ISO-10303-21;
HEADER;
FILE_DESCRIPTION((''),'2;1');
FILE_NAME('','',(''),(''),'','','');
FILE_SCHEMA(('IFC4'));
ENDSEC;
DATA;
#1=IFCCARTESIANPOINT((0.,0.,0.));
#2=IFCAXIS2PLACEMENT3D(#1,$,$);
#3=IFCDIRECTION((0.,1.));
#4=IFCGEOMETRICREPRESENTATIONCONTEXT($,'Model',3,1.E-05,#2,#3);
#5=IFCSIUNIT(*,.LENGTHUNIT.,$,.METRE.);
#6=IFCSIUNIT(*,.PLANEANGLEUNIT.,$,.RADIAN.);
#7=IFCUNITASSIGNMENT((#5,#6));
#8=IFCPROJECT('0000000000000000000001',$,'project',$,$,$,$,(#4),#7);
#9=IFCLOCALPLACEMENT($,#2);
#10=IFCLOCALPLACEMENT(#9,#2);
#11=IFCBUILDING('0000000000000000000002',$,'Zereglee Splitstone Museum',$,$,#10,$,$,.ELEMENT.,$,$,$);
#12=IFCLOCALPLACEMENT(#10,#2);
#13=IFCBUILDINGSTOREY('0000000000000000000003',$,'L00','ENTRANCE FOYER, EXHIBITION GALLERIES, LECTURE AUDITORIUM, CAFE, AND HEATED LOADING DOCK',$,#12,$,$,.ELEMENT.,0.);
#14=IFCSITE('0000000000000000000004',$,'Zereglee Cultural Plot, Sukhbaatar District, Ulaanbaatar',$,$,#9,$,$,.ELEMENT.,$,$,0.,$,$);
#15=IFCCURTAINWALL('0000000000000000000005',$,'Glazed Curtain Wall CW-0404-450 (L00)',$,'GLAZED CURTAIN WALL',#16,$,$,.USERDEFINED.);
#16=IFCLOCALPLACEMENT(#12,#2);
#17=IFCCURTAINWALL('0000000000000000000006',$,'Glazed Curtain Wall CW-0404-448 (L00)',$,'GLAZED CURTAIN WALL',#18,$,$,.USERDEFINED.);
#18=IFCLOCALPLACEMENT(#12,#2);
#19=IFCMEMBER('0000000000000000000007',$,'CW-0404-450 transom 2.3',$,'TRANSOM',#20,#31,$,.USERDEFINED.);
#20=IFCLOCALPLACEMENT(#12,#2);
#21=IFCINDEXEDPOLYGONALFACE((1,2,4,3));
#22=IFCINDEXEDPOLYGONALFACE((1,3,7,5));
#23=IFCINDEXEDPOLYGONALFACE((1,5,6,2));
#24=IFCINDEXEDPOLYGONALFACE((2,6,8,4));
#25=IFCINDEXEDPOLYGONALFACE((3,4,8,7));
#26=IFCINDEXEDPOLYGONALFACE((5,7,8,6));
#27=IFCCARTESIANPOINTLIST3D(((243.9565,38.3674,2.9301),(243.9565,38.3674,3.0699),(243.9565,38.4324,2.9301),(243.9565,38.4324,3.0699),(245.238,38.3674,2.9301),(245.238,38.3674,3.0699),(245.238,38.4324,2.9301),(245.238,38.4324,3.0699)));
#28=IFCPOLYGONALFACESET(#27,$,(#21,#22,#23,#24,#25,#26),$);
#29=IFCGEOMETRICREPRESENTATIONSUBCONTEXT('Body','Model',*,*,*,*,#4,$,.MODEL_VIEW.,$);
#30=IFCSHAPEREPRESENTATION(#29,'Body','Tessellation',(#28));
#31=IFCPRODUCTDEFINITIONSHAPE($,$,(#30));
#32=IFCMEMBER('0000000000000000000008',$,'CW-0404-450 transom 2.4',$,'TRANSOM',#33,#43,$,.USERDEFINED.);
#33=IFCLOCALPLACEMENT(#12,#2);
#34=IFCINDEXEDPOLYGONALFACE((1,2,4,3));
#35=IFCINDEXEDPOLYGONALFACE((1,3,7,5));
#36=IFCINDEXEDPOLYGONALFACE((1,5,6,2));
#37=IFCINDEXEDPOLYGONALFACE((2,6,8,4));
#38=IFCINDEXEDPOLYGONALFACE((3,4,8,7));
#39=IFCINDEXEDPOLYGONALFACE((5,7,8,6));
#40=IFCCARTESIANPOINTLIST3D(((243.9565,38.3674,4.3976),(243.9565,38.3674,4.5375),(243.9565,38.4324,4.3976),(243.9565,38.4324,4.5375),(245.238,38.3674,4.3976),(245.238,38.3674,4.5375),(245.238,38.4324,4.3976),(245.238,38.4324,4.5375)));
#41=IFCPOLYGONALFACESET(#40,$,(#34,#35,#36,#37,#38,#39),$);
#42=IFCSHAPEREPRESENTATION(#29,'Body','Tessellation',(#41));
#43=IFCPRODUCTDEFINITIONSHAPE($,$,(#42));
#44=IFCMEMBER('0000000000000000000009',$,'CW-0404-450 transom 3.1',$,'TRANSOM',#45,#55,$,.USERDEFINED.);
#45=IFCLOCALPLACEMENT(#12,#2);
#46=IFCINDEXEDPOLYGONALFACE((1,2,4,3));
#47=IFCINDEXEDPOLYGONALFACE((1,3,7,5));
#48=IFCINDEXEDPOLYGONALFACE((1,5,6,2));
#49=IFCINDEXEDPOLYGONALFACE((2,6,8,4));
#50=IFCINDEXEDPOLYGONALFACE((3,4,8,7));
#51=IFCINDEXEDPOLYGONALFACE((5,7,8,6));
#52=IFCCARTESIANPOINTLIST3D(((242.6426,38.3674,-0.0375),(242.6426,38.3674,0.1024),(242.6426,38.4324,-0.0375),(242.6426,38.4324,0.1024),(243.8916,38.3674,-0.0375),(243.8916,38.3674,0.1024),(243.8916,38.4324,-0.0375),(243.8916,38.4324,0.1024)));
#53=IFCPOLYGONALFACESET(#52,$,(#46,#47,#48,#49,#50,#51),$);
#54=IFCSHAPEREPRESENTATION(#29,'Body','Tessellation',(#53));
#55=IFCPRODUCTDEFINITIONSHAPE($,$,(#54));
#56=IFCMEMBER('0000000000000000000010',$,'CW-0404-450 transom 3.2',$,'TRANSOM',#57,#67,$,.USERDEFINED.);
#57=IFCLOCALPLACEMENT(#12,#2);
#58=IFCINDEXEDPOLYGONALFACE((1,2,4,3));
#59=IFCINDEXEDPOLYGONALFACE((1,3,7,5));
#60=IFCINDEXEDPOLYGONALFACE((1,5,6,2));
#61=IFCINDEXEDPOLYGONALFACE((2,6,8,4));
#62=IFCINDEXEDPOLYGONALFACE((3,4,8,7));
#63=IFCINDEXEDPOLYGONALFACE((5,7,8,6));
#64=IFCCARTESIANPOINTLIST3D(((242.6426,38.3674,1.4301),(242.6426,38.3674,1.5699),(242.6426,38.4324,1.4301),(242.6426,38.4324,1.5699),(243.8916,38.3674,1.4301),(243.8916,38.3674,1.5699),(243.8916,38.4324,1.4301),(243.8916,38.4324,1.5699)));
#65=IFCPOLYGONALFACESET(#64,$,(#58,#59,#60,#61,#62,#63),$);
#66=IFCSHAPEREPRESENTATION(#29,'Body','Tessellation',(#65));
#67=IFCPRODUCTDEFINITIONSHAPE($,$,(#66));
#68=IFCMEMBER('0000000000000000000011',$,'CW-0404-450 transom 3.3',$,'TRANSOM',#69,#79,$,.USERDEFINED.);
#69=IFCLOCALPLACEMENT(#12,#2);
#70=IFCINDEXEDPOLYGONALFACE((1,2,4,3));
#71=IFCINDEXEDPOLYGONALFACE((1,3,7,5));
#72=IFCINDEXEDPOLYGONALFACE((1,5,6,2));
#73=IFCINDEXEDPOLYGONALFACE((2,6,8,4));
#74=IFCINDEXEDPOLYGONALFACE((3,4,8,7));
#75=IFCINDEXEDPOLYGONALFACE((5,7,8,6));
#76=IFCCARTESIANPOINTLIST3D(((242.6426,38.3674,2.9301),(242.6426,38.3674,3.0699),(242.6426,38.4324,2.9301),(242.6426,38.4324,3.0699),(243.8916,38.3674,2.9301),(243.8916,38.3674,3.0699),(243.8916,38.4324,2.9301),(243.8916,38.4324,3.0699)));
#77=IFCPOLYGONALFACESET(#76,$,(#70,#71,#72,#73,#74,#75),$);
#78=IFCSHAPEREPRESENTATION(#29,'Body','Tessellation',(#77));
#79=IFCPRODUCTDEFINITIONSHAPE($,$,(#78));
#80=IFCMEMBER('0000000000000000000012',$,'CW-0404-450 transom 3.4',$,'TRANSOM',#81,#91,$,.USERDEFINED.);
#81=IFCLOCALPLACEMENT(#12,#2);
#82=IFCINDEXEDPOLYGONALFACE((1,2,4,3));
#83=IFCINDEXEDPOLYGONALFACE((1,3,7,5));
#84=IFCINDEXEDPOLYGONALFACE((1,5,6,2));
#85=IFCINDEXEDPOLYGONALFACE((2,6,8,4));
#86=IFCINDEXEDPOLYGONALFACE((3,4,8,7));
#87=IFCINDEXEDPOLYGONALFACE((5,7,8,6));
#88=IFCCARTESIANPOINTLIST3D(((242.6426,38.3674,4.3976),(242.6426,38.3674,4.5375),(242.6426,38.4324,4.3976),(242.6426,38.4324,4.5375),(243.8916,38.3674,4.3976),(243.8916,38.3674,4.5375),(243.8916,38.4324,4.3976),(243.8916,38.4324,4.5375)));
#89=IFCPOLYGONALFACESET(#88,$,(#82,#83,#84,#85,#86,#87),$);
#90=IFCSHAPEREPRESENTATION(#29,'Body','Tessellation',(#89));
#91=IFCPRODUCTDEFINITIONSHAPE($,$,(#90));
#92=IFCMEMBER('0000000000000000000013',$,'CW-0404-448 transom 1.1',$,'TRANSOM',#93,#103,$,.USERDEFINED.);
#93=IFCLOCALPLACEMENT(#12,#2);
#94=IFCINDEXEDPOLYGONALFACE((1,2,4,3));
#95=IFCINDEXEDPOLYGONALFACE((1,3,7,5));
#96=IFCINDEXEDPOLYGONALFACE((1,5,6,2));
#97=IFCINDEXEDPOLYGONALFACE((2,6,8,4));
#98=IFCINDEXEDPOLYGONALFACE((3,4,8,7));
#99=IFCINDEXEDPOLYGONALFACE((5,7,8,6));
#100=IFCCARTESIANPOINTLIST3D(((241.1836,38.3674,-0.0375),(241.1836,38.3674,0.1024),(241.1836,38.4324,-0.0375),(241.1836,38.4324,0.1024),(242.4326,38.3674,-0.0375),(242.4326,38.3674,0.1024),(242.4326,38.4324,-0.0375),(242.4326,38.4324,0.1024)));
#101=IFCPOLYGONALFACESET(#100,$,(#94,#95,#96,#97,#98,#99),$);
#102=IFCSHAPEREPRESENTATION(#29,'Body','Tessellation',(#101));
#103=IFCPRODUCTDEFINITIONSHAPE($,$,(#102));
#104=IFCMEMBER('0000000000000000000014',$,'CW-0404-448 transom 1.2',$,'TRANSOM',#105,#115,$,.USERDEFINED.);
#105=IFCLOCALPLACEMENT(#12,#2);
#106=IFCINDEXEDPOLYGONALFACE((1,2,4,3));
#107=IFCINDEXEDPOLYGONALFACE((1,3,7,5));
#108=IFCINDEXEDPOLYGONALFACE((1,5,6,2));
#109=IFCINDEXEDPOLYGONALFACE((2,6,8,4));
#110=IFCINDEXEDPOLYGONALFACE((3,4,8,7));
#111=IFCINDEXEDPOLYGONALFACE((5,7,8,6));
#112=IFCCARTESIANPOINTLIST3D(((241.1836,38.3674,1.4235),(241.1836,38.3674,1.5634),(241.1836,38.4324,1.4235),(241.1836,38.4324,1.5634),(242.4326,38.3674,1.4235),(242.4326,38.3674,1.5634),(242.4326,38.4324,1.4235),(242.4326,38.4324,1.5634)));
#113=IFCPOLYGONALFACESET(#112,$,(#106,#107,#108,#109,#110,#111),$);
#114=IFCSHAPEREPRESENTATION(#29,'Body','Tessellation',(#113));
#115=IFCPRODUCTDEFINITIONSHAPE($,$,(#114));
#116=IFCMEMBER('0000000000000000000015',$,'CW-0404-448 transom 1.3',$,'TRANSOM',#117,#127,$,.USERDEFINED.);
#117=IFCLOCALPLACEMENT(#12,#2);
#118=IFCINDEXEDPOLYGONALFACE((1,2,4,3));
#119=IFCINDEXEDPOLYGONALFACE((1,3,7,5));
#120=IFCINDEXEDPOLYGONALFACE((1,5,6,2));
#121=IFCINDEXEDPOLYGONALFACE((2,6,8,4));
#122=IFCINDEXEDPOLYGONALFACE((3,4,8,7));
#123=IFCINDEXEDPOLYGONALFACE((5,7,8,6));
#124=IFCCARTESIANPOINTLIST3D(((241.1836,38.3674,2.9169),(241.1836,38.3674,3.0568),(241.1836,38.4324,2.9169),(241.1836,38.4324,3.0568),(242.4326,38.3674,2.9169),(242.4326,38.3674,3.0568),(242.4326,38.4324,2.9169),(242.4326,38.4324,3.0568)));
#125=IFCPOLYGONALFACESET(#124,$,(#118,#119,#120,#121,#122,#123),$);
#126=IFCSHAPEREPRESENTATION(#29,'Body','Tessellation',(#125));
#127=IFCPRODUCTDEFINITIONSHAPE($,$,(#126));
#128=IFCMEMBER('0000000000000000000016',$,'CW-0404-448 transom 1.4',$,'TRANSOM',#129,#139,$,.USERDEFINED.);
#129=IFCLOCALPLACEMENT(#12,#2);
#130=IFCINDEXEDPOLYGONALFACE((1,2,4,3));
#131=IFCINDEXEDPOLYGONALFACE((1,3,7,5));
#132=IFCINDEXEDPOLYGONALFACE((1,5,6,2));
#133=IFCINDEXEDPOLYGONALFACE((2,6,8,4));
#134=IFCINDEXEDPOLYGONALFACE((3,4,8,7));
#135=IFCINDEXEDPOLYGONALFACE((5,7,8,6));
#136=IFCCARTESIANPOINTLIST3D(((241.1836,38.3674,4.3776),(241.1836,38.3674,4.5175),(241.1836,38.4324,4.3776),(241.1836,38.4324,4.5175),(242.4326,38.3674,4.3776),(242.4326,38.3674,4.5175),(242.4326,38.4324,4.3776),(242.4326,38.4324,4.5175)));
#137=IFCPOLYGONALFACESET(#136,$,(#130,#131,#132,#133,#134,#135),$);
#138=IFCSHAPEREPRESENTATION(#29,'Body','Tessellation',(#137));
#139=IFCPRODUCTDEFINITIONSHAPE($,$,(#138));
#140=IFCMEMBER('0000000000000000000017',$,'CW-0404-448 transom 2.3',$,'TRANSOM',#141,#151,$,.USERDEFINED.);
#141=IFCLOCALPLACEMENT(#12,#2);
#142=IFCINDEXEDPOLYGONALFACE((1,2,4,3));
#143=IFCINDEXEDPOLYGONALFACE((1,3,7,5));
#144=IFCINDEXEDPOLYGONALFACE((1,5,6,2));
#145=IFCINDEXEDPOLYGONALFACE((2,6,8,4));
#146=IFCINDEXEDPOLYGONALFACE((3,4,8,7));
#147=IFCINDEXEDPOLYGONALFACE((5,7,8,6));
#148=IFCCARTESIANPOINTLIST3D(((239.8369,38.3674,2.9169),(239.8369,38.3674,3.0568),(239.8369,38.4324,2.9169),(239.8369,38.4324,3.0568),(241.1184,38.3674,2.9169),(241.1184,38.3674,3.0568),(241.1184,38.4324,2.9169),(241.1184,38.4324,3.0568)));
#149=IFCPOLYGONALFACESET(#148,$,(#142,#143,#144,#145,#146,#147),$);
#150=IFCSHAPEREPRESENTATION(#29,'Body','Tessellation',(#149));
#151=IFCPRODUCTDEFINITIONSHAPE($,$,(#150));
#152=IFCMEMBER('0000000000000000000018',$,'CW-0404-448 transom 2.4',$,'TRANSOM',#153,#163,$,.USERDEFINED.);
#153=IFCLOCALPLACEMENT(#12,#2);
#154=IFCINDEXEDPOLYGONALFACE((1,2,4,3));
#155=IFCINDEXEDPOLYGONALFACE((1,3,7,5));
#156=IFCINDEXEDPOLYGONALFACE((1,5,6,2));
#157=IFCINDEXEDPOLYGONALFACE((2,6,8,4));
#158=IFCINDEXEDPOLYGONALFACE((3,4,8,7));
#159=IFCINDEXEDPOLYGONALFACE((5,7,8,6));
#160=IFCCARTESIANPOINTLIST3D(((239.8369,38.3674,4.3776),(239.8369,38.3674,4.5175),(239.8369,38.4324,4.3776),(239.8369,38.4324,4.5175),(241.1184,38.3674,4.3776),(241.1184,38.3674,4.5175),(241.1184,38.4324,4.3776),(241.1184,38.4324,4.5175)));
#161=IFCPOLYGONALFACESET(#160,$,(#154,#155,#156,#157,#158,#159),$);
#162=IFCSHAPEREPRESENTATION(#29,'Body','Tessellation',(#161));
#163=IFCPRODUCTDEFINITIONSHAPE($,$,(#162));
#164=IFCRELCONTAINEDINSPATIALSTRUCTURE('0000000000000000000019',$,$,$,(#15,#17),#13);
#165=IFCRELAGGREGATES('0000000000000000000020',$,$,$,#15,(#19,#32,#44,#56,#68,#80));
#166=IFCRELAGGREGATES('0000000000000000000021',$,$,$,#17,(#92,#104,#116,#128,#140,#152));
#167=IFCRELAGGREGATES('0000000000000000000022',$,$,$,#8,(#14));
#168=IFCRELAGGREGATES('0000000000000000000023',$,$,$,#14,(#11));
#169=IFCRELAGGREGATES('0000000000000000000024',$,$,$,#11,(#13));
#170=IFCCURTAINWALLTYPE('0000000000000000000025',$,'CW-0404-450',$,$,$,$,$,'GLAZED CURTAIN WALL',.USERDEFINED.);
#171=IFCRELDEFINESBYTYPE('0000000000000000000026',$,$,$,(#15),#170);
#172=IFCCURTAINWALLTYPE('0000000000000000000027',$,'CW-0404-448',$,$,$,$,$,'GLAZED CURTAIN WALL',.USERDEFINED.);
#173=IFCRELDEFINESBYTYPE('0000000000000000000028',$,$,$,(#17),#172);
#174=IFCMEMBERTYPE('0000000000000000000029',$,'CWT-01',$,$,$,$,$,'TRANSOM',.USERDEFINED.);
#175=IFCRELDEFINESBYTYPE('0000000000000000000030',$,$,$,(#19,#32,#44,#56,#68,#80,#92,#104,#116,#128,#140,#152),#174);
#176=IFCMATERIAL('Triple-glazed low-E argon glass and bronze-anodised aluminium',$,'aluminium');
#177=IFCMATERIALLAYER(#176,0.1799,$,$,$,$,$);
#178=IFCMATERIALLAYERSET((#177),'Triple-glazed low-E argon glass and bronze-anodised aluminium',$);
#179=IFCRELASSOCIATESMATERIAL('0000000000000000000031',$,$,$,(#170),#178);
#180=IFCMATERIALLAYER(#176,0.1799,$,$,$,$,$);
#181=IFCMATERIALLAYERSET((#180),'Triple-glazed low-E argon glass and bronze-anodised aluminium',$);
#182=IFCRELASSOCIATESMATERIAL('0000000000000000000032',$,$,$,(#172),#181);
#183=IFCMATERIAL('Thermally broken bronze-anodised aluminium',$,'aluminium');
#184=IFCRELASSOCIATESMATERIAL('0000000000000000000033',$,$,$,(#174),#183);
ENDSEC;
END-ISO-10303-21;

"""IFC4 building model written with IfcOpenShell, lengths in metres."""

from ifc_helpers import new_model, si_unit, direction, frame, origin, origin_2d, place, context, subcontext, project, spatial, rectangle, extrude, material, layer, layer_set, material_profile, profile_set, type_object, element, aggregate, save


model = new_model("IFC4")

# Units and contexts
model_context = context("Model", 3, precision=1e-05, world=origin(), true_north=direction((0.0, 1.0)))
body_context = subcontext(model_context, "Body", "Model", "MODEL_VIEW")
ifc_project = project(units=[si_unit("LENGTHUNIT", "METRE"), si_unit("PLANEANGLEUNIT", "RADIAN")], contexts=[model_context])

# Site, building, storey
site_placement = place(None, origin())
site = spatial("IfcSite", under=ifc_project, at=site_placement, Name="Zereglee Cultural Plot, Sukhbaatar District, Ulaanbaatar", CompositionType="ELEMENT", RefElevation=0.0)
building_placement = place(site_placement, origin())
building = spatial("IfcBuilding", under=site, at=building_placement, Name="Zereglee Splitstone Museum", CompositionType="ELEMENT")
storey_placement = place(building_placement, origin())
storey = spatial("IfcBuildingStorey", under=building, at=storey_placement, Name="L00", Description="ENTRANCE FOYER, EXHIBITION GALLERIES, LECTURE AUDITORIUM, CAFE, AND HEATED LOADING DOCK", CompositionType="ELEMENT", Elevation=0.0)

# Shared definitions
ifc_material_1 = material(Name="Triple-glazed low-E argon glass and bronze-anodised aluminium", Category="aluminium")
ifc_material_2 = material(Name="Thermally broken bronze-anodised aluminium", Category="aluminium")

# Curtain walls
ifc_layer_1 = layer(ifc_material_1, 0.1799)
ifc_layer_set_1 = layer_set([ifc_layer_1], Name="Triple-glazed low-E argon glass and bronze-anodised aluminium")
curtain_wall_type_1 = type_object("IfcCurtainWallType", Name="CW-0404-450", ElementType="GLAZED CURTAIN WALL", PredefinedType="USERDEFINED", material=ifc_layer_set_1)
curtain_wall_1_placement = place(storey_placement, origin())
curtain_wall_1 = element("IfcCurtainWall", 1, at=curtain_wall_1_placement, inside=storey, type_object=curtain_wall_type_1, Name="Glazed Curtain Wall CW-0404-450 (L00)", ObjectType="GLAZED CURTAIN WALL", PredefinedType="USERDEFINED")
ifc_layer_2 = layer(ifc_material_1, 0.1799)
ifc_layer_set_2 = layer_set([ifc_layer_2], Name="Triple-glazed low-E argon glass and bronze-anodised aluminium")
curtain_wall_type_2 = type_object("IfcCurtainWallType", Name="CW-0404-448", ElementType="GLAZED CURTAIN WALL", PredefinedType="USERDEFINED", material=ifc_layer_set_2)
curtain_wall_2_placement = place(storey_placement, origin())
curtain_wall_2 = element("IfcCurtainWall", 2, at=curtain_wall_2_placement, inside=storey, type_object=curtain_wall_type_2, Name="Glazed Curtain Wall CW-0404-448 (L00)", ObjectType="GLAZED CURTAIN WALL", PredefinedType="USERDEFINED")

# Members
ifc_material_profile_1 = material_profile(ifc_material_2, rectangle(XDim=0.0649, YDim=0.1399, at=origin_2d()), Name="CW TRAN 65x140")
ifc_profile_set_1 = profile_set([ifc_material_profile_1], Name="Thermally broken bronze-anodised aluminium")
member_type_1 = type_object("IfcMemberType", Name="CWT-01", ElementType="TRANSOM", PredefinedType="USERDEFINED", material=ifc_profile_set_1)
member_1_placement = place(storey_placement, frame((245.238, 38.3999, 3.0), z_axis=(-1.0, 0.0, 0.0), x_axis=(0.0, -1.0, 0.0)))
member_1 = element("IfcMember", 3, at=member_1_placement, type_object=member_type_1, Name="CW-0404-450 transom 2.3", ObjectType="TRANSOM", PredefinedType="USERDEFINED", context=body_context, shape_type="SweptSolid", body=[
    extrude(rectangle(XDim=0.0649, YDim=0.1399, at=origin_2d()), origin(), (0.0, 0.0, 1.0), 1.2815),
])
member_2_placement = place(storey_placement, frame((245.238, 38.3999, 4.4675), z_axis=(-1.0, 0.0, 0.0), x_axis=(0.0, -1.0, 0.0)))
member_2 = element("IfcMember", 4, at=member_2_placement, type_object=member_type_1, Name="CW-0404-450 transom 2.4", ObjectType="TRANSOM", PredefinedType="USERDEFINED", context=body_context, shape_type="SweptSolid", body=[
    extrude(rectangle(XDim=0.0649, YDim=0.1399, at=origin_2d()), origin(), (0.0, 0.0, 1.0), 1.2815),
])
member_3_placement = place(storey_placement, frame((243.8916, 38.3999, 0.0325), z_axis=(-1.0, 0.0, 0.0), x_axis=(0.0, -1.0, 0.0)))
member_3 = element("IfcMember", 5, at=member_3_placement, type_object=member_type_1, Name="CW-0404-450 transom 3.1", ObjectType="TRANSOM", PredefinedType="USERDEFINED", context=body_context, shape_type="SweptSolid", body=[
    extrude(rectangle(XDim=0.0649, YDim=0.1399, at=origin_2d()), origin(), (0.0, 0.0, 1.0), 1.249),
])
member_4_placement = place(storey_placement, frame((243.8916, 38.3999, 1.5), z_axis=(-1.0, 0.0, 0.0), x_axis=(0.0, -1.0, 0.0)))
member_4 = element("IfcMember", 6, at=member_4_placement, type_object=member_type_1, Name="CW-0404-450 transom 3.2", ObjectType="TRANSOM", PredefinedType="USERDEFINED", context=body_context, shape_type="SweptSolid", body=[
    extrude(rectangle(XDim=0.0649, YDim=0.1399, at=origin_2d()), origin(), (0.0, 0.0, 1.0), 1.249),
])
member_5_placement = place(storey_placement, frame((243.8916, 38.3999, 3.0), z_axis=(-1.0, 0.0, 0.0), x_axis=(0.0, -1.0, 0.0)))
member_5 = element("IfcMember", 7, at=member_5_placement, type_object=member_type_1, Name="CW-0404-450 transom 3.3", ObjectType="TRANSOM", PredefinedType="USERDEFINED", context=body_context, shape_type="SweptSolid", body=[
    extrude(rectangle(XDim=0.0649, YDim=0.1399, at=origin_2d()), origin(), (0.0, 0.0, 1.0), 1.249),
])
member_6_placement = place(storey_placement, frame((243.8916, 38.3999, 4.4675), z_axis=(-1.0, 0.0, 0.0), x_axis=(0.0, -1.0, 0.0)))
member_6 = element("IfcMember", 8, at=member_6_placement, type_object=member_type_1, Name="CW-0404-450 transom 3.4", ObjectType="TRANSOM", PredefinedType="USERDEFINED", context=body_context, shape_type="SweptSolid", body=[
    extrude(rectangle(XDim=0.0649, YDim=0.1399, at=origin_2d()), origin(), (0.0, 0.0, 1.0), 1.249),
])
member_7_placement = place(storey_placement, frame((242.4326, 38.3999, 0.0325), z_axis=(-1.0, 0.0, 0.0), x_axis=(0.0, -1.0, 0.0)))
member_7 = element("IfcMember", 9, at=member_7_placement, type_object=member_type_1, Name="CW-0404-448 transom 1.1", ObjectType="TRANSOM", PredefinedType="USERDEFINED", context=body_context, shape_type="SweptSolid", body=[
    extrude(rectangle(XDim=0.0649, YDim=0.1399, at=origin_2d()), origin(), (0.0, 0.0, 1.0), 1.249),
])
member_8_placement = place(storey_placement, frame((242.4326, 38.3999, 1.4934), z_axis=(-1.0, 0.0, 0.0), x_axis=(0.0, -1.0, 0.0)))
member_8 = element("IfcMember", 10, at=member_8_placement, type_object=member_type_1, Name="CW-0404-448 transom 1.2", ObjectType="TRANSOM", PredefinedType="USERDEFINED", context=body_context, shape_type="SweptSolid", body=[
    extrude(rectangle(XDim=0.0649, YDim=0.1399, at=origin_2d()), origin(), (0.0, 0.0, 1.0), 1.249),
])
member_9_placement = place(storey_placement, frame((242.4326, 38.3999, 2.9868), z_axis=(-1.0, 0.0, 0.0), x_axis=(0.0, -1.0, 0.0)))
member_9 = element("IfcMember", 11, at=member_9_placement, type_object=member_type_1, Name="CW-0404-448 transom 1.3", ObjectType="TRANSOM", PredefinedType="USERDEFINED", context=body_context, shape_type="SweptSolid", body=[
    extrude(rectangle(XDim=0.0649, YDim=0.1399, at=origin_2d()), origin(), (0.0, 0.0, 1.0), 1.249),
])
member_10_placement = place(storey_placement, frame((242.4326, 38.3999, 4.4475), z_axis=(-1.0, 0.0, 0.0), x_axis=(0.0, -1.0, 0.0)))
member_10 = element("IfcMember", 12, at=member_10_placement, type_object=member_type_1, Name="CW-0404-448 transom 1.4", ObjectType="TRANSOM", PredefinedType="USERDEFINED", context=body_context, shape_type="SweptSolid", body=[
    extrude(rectangle(XDim=0.0649, YDim=0.1399, at=origin_2d()), origin(), (0.0, 0.0, 1.0), 1.249),
])
member_11_placement = place(storey_placement, frame((241.1184, 38.3999, 2.9868), z_axis=(-1.0, 0.0, 0.0), x_axis=(0.0, -1.0, 0.0)))
member_11 = element("IfcMember", 13, at=member_11_placement, type_object=member_type_1, Name="CW-0404-448 transom 2.3", ObjectType="TRANSOM", PredefinedType="USERDEFINED", context=body_context, shape_type="SweptSolid", body=[
    extrude(rectangle(XDim=0.0649, YDim=0.1399, at=origin_2d()), origin(), (0.0, 0.0, 1.0), 1.2815),
])
member_12_placement = place(storey_placement, frame((241.1184, 38.3999, 4.4475), z_axis=(-1.0, 0.0, 0.0), x_axis=(0.0, -1.0, 0.0)))
member_12 = element("IfcMember", 14, at=member_12_placement, type_object=member_type_1, Name="CW-0404-448 transom 2.4", ObjectType="TRANSOM", PredefinedType="USERDEFINED", context=body_context, shape_type="SweptSolid", body=[
    extrude(rectangle(XDim=0.0649, YDim=0.1399, at=origin_2d()), origin(), (0.0, 0.0, 1.0), 1.2815),
])

aggregate(curtain_wall_1, [member_1, member_2, member_3, member_4, member_5, member_6])
aggregate(curtain_wall_2, [member_7, member_8, member_9, member_10, member_11, member_12])

save(model, "model.ifc")
